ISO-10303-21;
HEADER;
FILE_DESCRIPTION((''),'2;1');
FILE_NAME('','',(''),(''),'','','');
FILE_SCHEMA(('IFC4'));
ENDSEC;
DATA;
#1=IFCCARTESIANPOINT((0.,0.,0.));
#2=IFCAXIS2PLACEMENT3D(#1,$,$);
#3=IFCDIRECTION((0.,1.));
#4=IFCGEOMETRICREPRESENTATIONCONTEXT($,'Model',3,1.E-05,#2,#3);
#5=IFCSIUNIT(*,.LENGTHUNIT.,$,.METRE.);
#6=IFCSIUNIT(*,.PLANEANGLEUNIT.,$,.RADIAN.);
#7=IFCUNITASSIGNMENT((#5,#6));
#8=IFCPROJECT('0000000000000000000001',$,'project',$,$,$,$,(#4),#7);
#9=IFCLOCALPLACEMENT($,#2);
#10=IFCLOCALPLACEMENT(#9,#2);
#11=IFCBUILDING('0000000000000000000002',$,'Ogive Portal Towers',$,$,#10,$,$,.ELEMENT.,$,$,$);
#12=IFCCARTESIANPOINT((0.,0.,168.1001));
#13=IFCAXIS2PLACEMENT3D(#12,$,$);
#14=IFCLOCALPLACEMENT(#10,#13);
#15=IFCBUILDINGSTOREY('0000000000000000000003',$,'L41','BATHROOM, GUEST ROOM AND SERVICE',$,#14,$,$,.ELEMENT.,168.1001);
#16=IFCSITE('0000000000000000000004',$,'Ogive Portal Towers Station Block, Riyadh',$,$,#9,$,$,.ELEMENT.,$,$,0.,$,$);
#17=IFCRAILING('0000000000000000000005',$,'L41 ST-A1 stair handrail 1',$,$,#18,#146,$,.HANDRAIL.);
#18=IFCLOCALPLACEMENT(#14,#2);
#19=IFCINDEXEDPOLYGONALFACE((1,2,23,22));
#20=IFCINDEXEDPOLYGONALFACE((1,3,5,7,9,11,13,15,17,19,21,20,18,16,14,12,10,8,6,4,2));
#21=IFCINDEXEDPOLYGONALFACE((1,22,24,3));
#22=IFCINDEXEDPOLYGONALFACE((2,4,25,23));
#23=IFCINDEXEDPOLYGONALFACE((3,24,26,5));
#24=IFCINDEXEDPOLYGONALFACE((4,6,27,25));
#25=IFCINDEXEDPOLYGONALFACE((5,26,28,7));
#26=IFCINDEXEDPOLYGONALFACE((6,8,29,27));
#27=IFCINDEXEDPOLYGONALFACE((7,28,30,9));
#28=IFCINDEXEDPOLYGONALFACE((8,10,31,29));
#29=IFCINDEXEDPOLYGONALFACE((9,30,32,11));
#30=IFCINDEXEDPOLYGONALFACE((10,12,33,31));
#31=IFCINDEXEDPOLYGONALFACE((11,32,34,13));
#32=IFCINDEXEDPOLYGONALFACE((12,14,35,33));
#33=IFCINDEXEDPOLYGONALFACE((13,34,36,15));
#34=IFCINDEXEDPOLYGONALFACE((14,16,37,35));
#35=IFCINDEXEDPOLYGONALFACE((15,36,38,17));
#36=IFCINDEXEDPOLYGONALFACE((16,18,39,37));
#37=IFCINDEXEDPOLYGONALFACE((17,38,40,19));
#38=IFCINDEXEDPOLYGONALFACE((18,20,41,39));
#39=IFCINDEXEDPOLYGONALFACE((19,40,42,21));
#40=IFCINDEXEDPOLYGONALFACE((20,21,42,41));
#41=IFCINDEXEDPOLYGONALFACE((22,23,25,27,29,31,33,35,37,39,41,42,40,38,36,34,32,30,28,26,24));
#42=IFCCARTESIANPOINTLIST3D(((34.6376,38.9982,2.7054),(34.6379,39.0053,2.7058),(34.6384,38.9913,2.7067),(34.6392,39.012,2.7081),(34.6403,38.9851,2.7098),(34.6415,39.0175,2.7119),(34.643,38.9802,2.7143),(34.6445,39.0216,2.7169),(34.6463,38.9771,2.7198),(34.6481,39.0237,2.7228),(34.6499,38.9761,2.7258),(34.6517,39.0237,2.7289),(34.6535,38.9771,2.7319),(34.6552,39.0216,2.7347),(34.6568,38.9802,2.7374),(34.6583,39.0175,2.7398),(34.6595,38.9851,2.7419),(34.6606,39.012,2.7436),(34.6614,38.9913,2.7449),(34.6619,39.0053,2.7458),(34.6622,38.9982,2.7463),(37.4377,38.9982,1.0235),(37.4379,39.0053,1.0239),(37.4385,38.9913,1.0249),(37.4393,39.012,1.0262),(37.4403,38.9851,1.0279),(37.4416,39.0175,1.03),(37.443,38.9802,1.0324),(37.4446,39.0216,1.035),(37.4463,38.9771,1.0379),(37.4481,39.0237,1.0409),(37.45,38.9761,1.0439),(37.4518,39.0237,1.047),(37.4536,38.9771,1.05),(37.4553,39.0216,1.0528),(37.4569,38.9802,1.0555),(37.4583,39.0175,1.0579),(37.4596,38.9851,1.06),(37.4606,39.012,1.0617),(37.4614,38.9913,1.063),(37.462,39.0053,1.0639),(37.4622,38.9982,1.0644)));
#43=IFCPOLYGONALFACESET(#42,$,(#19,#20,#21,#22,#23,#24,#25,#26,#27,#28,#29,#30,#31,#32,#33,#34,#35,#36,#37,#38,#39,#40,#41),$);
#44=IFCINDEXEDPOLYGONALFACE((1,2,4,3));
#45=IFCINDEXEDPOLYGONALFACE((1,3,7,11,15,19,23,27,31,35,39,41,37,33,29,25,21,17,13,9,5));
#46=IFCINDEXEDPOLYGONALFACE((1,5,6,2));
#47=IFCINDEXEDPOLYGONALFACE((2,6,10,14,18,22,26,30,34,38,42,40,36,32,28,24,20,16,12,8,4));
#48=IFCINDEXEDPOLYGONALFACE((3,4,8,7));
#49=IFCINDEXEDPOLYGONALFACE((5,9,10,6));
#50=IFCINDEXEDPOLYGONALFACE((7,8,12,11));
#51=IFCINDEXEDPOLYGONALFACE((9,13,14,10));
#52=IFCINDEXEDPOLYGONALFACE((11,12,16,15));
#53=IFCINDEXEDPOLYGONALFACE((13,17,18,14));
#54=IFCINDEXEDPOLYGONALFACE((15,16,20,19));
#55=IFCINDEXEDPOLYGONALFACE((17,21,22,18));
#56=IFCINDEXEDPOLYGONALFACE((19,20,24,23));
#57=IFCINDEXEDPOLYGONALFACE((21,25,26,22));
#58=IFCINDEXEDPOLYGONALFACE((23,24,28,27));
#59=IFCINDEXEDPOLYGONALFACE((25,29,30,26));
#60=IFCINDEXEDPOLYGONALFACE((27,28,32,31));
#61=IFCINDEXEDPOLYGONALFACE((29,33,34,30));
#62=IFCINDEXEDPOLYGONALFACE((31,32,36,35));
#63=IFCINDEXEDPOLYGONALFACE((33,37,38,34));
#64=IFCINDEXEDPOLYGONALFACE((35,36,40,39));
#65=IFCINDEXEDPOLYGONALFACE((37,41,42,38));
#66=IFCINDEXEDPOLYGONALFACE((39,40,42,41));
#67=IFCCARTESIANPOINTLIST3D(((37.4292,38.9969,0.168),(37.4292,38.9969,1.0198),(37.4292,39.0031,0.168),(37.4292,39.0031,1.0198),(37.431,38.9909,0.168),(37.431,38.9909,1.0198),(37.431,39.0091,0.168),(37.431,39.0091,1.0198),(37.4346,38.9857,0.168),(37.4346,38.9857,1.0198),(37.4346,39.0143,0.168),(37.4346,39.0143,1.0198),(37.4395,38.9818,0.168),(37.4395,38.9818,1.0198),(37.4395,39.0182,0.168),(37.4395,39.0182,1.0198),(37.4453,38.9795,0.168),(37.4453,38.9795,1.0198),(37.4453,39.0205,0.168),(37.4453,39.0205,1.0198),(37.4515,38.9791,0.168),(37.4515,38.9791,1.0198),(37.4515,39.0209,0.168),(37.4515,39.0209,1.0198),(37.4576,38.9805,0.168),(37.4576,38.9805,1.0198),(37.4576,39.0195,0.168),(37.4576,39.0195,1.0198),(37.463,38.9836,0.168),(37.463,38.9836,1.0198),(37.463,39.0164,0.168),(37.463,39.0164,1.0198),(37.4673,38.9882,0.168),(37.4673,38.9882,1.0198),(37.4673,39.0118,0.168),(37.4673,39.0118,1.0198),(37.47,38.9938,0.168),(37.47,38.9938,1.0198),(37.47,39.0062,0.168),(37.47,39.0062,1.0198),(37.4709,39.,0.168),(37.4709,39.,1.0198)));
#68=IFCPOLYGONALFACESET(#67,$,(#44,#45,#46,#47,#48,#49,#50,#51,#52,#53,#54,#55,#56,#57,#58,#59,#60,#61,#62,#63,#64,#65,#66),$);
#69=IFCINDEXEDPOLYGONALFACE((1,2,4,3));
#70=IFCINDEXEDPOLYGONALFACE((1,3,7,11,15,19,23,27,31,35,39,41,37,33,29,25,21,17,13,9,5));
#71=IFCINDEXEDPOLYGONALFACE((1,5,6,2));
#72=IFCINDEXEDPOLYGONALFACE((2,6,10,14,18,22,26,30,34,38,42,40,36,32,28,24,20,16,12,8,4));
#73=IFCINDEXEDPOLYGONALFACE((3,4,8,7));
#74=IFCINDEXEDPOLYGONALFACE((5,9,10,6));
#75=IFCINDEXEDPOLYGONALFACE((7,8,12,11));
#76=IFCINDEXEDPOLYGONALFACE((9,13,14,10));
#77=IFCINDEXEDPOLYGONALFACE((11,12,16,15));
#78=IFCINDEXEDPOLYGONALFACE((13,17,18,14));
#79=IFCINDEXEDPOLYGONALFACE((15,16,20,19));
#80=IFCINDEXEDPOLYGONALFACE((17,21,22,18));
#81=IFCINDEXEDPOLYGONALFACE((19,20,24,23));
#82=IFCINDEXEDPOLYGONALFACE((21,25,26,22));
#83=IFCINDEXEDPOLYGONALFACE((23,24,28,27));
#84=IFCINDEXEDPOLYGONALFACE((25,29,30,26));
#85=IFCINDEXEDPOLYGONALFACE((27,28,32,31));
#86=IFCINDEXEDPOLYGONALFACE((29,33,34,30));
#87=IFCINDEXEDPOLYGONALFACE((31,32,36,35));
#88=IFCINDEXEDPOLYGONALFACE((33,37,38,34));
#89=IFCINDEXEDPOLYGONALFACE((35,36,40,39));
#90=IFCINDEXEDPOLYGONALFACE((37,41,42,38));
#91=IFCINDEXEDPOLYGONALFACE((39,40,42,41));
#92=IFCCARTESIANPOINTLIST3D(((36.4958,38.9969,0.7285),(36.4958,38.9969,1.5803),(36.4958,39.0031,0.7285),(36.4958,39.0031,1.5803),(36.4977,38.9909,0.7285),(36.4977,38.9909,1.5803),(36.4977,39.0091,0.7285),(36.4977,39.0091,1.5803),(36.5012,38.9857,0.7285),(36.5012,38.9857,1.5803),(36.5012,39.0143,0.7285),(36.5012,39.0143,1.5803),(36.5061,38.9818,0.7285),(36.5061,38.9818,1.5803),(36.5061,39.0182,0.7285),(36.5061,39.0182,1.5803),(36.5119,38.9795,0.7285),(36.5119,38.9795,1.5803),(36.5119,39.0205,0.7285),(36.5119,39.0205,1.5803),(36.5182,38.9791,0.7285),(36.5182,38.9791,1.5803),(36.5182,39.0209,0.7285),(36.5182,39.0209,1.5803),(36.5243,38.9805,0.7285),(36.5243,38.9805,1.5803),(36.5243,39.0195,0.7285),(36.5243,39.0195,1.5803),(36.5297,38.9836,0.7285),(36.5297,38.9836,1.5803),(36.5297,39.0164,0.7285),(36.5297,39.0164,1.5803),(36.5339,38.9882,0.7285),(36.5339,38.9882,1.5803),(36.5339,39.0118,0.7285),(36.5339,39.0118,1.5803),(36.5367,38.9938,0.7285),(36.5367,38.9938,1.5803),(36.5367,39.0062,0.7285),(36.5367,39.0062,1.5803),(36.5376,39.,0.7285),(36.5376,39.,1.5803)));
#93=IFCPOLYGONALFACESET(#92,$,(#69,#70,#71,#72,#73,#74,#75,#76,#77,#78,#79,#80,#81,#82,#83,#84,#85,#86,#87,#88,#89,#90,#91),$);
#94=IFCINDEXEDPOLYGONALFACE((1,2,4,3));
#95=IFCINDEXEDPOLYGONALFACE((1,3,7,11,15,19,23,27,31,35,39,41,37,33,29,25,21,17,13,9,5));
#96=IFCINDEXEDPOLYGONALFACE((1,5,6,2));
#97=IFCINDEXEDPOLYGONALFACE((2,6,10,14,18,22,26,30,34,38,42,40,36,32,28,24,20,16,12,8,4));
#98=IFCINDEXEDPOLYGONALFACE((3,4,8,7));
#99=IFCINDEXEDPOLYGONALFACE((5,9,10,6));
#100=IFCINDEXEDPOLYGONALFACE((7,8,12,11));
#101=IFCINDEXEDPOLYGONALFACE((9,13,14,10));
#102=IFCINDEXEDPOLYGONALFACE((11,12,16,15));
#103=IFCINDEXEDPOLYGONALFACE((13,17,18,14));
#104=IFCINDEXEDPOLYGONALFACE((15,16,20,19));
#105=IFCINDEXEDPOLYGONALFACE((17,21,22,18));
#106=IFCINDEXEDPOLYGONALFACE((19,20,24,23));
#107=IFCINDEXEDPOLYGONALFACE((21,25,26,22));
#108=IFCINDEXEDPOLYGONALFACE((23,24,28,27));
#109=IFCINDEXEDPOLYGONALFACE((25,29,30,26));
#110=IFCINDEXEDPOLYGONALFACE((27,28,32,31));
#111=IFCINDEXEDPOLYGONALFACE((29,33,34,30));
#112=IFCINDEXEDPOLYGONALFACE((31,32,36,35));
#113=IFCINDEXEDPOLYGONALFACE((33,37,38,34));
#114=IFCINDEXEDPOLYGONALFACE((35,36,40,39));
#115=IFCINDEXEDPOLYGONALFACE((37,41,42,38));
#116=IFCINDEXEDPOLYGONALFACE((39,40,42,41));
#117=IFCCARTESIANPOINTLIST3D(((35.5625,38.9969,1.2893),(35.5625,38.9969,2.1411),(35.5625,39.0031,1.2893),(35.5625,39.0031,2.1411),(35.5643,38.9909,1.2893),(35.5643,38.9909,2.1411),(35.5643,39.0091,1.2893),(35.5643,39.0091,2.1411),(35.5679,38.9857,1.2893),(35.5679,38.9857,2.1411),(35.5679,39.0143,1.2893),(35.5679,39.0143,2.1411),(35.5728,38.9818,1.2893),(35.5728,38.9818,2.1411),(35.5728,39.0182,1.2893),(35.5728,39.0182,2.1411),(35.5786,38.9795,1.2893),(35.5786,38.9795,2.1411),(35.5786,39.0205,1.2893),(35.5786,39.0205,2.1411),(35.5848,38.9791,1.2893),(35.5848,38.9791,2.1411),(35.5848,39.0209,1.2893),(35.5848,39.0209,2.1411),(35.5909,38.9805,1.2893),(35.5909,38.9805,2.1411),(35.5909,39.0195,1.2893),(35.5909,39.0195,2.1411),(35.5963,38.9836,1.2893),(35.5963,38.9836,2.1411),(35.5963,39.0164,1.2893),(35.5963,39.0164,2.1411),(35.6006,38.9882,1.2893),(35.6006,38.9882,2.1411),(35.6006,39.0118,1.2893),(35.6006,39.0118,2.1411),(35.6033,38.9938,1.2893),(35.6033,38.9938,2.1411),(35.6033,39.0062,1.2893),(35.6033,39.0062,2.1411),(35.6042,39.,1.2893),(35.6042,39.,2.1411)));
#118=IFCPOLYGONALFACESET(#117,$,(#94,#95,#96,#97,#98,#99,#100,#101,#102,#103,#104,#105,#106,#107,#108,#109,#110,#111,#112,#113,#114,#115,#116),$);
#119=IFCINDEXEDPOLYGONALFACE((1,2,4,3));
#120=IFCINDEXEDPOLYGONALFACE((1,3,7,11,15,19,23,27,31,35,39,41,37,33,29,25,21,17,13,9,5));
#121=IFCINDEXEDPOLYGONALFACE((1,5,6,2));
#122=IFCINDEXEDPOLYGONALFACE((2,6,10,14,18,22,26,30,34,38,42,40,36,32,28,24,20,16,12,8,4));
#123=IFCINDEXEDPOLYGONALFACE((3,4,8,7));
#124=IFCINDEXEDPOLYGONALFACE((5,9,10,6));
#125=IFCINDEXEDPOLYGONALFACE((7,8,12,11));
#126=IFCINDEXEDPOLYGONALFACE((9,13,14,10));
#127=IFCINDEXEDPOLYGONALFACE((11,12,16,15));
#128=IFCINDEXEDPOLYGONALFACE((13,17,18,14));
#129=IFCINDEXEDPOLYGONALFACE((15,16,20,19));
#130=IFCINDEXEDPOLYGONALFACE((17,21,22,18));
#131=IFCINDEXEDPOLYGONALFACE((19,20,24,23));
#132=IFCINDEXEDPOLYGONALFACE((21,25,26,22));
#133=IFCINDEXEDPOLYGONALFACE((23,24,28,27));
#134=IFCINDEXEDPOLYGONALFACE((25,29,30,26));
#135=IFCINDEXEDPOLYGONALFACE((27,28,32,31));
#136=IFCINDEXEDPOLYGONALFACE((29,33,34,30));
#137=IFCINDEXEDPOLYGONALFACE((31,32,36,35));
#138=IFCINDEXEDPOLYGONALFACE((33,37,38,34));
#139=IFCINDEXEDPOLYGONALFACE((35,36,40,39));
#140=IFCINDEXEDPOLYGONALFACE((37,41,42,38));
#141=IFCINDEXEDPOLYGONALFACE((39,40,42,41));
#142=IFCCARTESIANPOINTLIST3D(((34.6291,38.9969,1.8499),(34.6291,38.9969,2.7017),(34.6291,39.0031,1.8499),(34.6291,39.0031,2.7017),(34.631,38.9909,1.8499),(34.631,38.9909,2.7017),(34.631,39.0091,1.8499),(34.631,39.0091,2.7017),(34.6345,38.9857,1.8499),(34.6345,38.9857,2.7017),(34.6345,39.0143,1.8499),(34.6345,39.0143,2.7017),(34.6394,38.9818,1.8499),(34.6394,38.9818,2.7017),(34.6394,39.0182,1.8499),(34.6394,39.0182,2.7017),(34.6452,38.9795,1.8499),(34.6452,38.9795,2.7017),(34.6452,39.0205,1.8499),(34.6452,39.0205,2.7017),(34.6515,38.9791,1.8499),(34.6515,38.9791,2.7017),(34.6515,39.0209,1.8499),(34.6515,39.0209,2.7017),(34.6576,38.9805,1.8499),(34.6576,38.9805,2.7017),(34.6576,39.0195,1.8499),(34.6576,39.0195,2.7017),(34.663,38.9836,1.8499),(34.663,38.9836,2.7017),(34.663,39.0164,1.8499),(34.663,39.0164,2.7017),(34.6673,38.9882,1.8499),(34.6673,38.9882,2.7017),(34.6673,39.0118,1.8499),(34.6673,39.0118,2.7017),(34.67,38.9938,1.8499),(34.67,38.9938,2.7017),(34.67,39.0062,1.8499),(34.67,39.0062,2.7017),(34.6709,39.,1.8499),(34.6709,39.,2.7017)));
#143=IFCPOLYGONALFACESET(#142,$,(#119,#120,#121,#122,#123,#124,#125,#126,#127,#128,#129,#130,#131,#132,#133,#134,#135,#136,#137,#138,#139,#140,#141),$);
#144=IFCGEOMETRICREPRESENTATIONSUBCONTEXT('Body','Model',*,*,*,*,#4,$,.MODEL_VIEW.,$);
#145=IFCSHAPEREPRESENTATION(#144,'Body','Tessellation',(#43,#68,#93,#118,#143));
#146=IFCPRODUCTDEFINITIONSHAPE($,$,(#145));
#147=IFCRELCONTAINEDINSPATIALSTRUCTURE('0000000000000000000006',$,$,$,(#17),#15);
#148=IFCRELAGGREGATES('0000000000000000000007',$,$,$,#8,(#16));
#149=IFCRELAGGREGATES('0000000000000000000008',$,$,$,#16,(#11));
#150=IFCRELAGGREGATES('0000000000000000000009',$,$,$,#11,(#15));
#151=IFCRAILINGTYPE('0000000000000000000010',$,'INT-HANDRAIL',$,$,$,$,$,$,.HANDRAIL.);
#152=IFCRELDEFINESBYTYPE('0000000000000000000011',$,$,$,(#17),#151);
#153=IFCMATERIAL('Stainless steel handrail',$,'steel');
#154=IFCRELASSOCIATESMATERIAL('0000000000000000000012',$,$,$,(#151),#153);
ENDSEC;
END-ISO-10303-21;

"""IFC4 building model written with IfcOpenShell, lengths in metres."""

from ifc_helpers import new_model, si_unit, direction, frame, origin, origin_2d, place, context, subcontext, project, spatial, circle, extrude, material, type_object, element, save


model = new_model("IFC4")

# Units and contexts
model_context = context("Model", 3, precision=1e-05, world=origin(), true_north=direction((0.0, 1.0)))
body_context = subcontext(model_context, "Body", "Model", "MODEL_VIEW")
ifc_project = project(units=[si_unit("LENGTHUNIT", "METRE"), si_unit("PLANEANGLEUNIT", "RADIAN")], contexts=[model_context])

# Site, building, storey
site_placement = place(None, origin())
site = spatial("IfcSite", under=ifc_project, at=site_placement, Name="Ogive Portal Towers Station Block, Riyadh", CompositionType="ELEMENT", RefElevation=0.0)
building_placement = place(site_placement, origin())
building = spatial("IfcBuilding", under=site, at=building_placement, Name="Ogive Portal Towers", CompositionType="ELEMENT")
storey_placement = place(building_placement, frame((0.0, 0.0, 168.1001)))
storey = spatial("IfcBuildingStorey", under=building, at=storey_placement, Name="L41", Description="BATHROOM, GUEST ROOM AND SERVICE", CompositionType="ELEMENT", Elevation=168.1001)

# Railing
ifc_material_1 = material(Name="Stainless steel handrail", Category="steel")
railing_type_1 = type_object("IfcRailingType", Name="INT-HANDRAIL", PredefinedType="HANDRAIL", material=ifc_material_1)
railing_1_placement = place(storey_placement, frame((37.45, 39.0, 0.168)))
element("IfcRailing", 1, at=railing_1_placement, inside=storey, type_object=railing_type_1, Name="L41 ST-A1 stair handrail 1", PredefinedType="HANDRAIL", context=body_context, shape_type="SweptSolid", body=[
    extrude(circle(Radius=0.0239, at=origin_2d()), frame((0.0, 0.0, 0.876), z_axis=(-0.857242, 0.0, 0.514913), x_axis=(0.0, -1.0, 0.0)), (0.0, 0.0, 1.0), 3.2664),
    extrude(circle(Radius=0.021, at=origin_2d()), origin(), (0.0, 0.0, 1.0), 0.8518),
    extrude(circle(Radius=0.021, at=origin_2d()), frame((-0.9333, 0.0, 0.5605)), (0.0, 0.0, 1.0), 0.8518),
    extrude(circle(Radius=0.021, at=origin_2d()), frame((-1.8667, 0.0, 1.1213)), (0.0, 0.0, 1.0), 0.8518),
    extrude(circle(Radius=0.021, at=origin_2d()), frame((-2.8, 0.0, 1.6819)), (0.0, 0.0, 1.0), 0.8518),
])

save(model, "model.ifc")
